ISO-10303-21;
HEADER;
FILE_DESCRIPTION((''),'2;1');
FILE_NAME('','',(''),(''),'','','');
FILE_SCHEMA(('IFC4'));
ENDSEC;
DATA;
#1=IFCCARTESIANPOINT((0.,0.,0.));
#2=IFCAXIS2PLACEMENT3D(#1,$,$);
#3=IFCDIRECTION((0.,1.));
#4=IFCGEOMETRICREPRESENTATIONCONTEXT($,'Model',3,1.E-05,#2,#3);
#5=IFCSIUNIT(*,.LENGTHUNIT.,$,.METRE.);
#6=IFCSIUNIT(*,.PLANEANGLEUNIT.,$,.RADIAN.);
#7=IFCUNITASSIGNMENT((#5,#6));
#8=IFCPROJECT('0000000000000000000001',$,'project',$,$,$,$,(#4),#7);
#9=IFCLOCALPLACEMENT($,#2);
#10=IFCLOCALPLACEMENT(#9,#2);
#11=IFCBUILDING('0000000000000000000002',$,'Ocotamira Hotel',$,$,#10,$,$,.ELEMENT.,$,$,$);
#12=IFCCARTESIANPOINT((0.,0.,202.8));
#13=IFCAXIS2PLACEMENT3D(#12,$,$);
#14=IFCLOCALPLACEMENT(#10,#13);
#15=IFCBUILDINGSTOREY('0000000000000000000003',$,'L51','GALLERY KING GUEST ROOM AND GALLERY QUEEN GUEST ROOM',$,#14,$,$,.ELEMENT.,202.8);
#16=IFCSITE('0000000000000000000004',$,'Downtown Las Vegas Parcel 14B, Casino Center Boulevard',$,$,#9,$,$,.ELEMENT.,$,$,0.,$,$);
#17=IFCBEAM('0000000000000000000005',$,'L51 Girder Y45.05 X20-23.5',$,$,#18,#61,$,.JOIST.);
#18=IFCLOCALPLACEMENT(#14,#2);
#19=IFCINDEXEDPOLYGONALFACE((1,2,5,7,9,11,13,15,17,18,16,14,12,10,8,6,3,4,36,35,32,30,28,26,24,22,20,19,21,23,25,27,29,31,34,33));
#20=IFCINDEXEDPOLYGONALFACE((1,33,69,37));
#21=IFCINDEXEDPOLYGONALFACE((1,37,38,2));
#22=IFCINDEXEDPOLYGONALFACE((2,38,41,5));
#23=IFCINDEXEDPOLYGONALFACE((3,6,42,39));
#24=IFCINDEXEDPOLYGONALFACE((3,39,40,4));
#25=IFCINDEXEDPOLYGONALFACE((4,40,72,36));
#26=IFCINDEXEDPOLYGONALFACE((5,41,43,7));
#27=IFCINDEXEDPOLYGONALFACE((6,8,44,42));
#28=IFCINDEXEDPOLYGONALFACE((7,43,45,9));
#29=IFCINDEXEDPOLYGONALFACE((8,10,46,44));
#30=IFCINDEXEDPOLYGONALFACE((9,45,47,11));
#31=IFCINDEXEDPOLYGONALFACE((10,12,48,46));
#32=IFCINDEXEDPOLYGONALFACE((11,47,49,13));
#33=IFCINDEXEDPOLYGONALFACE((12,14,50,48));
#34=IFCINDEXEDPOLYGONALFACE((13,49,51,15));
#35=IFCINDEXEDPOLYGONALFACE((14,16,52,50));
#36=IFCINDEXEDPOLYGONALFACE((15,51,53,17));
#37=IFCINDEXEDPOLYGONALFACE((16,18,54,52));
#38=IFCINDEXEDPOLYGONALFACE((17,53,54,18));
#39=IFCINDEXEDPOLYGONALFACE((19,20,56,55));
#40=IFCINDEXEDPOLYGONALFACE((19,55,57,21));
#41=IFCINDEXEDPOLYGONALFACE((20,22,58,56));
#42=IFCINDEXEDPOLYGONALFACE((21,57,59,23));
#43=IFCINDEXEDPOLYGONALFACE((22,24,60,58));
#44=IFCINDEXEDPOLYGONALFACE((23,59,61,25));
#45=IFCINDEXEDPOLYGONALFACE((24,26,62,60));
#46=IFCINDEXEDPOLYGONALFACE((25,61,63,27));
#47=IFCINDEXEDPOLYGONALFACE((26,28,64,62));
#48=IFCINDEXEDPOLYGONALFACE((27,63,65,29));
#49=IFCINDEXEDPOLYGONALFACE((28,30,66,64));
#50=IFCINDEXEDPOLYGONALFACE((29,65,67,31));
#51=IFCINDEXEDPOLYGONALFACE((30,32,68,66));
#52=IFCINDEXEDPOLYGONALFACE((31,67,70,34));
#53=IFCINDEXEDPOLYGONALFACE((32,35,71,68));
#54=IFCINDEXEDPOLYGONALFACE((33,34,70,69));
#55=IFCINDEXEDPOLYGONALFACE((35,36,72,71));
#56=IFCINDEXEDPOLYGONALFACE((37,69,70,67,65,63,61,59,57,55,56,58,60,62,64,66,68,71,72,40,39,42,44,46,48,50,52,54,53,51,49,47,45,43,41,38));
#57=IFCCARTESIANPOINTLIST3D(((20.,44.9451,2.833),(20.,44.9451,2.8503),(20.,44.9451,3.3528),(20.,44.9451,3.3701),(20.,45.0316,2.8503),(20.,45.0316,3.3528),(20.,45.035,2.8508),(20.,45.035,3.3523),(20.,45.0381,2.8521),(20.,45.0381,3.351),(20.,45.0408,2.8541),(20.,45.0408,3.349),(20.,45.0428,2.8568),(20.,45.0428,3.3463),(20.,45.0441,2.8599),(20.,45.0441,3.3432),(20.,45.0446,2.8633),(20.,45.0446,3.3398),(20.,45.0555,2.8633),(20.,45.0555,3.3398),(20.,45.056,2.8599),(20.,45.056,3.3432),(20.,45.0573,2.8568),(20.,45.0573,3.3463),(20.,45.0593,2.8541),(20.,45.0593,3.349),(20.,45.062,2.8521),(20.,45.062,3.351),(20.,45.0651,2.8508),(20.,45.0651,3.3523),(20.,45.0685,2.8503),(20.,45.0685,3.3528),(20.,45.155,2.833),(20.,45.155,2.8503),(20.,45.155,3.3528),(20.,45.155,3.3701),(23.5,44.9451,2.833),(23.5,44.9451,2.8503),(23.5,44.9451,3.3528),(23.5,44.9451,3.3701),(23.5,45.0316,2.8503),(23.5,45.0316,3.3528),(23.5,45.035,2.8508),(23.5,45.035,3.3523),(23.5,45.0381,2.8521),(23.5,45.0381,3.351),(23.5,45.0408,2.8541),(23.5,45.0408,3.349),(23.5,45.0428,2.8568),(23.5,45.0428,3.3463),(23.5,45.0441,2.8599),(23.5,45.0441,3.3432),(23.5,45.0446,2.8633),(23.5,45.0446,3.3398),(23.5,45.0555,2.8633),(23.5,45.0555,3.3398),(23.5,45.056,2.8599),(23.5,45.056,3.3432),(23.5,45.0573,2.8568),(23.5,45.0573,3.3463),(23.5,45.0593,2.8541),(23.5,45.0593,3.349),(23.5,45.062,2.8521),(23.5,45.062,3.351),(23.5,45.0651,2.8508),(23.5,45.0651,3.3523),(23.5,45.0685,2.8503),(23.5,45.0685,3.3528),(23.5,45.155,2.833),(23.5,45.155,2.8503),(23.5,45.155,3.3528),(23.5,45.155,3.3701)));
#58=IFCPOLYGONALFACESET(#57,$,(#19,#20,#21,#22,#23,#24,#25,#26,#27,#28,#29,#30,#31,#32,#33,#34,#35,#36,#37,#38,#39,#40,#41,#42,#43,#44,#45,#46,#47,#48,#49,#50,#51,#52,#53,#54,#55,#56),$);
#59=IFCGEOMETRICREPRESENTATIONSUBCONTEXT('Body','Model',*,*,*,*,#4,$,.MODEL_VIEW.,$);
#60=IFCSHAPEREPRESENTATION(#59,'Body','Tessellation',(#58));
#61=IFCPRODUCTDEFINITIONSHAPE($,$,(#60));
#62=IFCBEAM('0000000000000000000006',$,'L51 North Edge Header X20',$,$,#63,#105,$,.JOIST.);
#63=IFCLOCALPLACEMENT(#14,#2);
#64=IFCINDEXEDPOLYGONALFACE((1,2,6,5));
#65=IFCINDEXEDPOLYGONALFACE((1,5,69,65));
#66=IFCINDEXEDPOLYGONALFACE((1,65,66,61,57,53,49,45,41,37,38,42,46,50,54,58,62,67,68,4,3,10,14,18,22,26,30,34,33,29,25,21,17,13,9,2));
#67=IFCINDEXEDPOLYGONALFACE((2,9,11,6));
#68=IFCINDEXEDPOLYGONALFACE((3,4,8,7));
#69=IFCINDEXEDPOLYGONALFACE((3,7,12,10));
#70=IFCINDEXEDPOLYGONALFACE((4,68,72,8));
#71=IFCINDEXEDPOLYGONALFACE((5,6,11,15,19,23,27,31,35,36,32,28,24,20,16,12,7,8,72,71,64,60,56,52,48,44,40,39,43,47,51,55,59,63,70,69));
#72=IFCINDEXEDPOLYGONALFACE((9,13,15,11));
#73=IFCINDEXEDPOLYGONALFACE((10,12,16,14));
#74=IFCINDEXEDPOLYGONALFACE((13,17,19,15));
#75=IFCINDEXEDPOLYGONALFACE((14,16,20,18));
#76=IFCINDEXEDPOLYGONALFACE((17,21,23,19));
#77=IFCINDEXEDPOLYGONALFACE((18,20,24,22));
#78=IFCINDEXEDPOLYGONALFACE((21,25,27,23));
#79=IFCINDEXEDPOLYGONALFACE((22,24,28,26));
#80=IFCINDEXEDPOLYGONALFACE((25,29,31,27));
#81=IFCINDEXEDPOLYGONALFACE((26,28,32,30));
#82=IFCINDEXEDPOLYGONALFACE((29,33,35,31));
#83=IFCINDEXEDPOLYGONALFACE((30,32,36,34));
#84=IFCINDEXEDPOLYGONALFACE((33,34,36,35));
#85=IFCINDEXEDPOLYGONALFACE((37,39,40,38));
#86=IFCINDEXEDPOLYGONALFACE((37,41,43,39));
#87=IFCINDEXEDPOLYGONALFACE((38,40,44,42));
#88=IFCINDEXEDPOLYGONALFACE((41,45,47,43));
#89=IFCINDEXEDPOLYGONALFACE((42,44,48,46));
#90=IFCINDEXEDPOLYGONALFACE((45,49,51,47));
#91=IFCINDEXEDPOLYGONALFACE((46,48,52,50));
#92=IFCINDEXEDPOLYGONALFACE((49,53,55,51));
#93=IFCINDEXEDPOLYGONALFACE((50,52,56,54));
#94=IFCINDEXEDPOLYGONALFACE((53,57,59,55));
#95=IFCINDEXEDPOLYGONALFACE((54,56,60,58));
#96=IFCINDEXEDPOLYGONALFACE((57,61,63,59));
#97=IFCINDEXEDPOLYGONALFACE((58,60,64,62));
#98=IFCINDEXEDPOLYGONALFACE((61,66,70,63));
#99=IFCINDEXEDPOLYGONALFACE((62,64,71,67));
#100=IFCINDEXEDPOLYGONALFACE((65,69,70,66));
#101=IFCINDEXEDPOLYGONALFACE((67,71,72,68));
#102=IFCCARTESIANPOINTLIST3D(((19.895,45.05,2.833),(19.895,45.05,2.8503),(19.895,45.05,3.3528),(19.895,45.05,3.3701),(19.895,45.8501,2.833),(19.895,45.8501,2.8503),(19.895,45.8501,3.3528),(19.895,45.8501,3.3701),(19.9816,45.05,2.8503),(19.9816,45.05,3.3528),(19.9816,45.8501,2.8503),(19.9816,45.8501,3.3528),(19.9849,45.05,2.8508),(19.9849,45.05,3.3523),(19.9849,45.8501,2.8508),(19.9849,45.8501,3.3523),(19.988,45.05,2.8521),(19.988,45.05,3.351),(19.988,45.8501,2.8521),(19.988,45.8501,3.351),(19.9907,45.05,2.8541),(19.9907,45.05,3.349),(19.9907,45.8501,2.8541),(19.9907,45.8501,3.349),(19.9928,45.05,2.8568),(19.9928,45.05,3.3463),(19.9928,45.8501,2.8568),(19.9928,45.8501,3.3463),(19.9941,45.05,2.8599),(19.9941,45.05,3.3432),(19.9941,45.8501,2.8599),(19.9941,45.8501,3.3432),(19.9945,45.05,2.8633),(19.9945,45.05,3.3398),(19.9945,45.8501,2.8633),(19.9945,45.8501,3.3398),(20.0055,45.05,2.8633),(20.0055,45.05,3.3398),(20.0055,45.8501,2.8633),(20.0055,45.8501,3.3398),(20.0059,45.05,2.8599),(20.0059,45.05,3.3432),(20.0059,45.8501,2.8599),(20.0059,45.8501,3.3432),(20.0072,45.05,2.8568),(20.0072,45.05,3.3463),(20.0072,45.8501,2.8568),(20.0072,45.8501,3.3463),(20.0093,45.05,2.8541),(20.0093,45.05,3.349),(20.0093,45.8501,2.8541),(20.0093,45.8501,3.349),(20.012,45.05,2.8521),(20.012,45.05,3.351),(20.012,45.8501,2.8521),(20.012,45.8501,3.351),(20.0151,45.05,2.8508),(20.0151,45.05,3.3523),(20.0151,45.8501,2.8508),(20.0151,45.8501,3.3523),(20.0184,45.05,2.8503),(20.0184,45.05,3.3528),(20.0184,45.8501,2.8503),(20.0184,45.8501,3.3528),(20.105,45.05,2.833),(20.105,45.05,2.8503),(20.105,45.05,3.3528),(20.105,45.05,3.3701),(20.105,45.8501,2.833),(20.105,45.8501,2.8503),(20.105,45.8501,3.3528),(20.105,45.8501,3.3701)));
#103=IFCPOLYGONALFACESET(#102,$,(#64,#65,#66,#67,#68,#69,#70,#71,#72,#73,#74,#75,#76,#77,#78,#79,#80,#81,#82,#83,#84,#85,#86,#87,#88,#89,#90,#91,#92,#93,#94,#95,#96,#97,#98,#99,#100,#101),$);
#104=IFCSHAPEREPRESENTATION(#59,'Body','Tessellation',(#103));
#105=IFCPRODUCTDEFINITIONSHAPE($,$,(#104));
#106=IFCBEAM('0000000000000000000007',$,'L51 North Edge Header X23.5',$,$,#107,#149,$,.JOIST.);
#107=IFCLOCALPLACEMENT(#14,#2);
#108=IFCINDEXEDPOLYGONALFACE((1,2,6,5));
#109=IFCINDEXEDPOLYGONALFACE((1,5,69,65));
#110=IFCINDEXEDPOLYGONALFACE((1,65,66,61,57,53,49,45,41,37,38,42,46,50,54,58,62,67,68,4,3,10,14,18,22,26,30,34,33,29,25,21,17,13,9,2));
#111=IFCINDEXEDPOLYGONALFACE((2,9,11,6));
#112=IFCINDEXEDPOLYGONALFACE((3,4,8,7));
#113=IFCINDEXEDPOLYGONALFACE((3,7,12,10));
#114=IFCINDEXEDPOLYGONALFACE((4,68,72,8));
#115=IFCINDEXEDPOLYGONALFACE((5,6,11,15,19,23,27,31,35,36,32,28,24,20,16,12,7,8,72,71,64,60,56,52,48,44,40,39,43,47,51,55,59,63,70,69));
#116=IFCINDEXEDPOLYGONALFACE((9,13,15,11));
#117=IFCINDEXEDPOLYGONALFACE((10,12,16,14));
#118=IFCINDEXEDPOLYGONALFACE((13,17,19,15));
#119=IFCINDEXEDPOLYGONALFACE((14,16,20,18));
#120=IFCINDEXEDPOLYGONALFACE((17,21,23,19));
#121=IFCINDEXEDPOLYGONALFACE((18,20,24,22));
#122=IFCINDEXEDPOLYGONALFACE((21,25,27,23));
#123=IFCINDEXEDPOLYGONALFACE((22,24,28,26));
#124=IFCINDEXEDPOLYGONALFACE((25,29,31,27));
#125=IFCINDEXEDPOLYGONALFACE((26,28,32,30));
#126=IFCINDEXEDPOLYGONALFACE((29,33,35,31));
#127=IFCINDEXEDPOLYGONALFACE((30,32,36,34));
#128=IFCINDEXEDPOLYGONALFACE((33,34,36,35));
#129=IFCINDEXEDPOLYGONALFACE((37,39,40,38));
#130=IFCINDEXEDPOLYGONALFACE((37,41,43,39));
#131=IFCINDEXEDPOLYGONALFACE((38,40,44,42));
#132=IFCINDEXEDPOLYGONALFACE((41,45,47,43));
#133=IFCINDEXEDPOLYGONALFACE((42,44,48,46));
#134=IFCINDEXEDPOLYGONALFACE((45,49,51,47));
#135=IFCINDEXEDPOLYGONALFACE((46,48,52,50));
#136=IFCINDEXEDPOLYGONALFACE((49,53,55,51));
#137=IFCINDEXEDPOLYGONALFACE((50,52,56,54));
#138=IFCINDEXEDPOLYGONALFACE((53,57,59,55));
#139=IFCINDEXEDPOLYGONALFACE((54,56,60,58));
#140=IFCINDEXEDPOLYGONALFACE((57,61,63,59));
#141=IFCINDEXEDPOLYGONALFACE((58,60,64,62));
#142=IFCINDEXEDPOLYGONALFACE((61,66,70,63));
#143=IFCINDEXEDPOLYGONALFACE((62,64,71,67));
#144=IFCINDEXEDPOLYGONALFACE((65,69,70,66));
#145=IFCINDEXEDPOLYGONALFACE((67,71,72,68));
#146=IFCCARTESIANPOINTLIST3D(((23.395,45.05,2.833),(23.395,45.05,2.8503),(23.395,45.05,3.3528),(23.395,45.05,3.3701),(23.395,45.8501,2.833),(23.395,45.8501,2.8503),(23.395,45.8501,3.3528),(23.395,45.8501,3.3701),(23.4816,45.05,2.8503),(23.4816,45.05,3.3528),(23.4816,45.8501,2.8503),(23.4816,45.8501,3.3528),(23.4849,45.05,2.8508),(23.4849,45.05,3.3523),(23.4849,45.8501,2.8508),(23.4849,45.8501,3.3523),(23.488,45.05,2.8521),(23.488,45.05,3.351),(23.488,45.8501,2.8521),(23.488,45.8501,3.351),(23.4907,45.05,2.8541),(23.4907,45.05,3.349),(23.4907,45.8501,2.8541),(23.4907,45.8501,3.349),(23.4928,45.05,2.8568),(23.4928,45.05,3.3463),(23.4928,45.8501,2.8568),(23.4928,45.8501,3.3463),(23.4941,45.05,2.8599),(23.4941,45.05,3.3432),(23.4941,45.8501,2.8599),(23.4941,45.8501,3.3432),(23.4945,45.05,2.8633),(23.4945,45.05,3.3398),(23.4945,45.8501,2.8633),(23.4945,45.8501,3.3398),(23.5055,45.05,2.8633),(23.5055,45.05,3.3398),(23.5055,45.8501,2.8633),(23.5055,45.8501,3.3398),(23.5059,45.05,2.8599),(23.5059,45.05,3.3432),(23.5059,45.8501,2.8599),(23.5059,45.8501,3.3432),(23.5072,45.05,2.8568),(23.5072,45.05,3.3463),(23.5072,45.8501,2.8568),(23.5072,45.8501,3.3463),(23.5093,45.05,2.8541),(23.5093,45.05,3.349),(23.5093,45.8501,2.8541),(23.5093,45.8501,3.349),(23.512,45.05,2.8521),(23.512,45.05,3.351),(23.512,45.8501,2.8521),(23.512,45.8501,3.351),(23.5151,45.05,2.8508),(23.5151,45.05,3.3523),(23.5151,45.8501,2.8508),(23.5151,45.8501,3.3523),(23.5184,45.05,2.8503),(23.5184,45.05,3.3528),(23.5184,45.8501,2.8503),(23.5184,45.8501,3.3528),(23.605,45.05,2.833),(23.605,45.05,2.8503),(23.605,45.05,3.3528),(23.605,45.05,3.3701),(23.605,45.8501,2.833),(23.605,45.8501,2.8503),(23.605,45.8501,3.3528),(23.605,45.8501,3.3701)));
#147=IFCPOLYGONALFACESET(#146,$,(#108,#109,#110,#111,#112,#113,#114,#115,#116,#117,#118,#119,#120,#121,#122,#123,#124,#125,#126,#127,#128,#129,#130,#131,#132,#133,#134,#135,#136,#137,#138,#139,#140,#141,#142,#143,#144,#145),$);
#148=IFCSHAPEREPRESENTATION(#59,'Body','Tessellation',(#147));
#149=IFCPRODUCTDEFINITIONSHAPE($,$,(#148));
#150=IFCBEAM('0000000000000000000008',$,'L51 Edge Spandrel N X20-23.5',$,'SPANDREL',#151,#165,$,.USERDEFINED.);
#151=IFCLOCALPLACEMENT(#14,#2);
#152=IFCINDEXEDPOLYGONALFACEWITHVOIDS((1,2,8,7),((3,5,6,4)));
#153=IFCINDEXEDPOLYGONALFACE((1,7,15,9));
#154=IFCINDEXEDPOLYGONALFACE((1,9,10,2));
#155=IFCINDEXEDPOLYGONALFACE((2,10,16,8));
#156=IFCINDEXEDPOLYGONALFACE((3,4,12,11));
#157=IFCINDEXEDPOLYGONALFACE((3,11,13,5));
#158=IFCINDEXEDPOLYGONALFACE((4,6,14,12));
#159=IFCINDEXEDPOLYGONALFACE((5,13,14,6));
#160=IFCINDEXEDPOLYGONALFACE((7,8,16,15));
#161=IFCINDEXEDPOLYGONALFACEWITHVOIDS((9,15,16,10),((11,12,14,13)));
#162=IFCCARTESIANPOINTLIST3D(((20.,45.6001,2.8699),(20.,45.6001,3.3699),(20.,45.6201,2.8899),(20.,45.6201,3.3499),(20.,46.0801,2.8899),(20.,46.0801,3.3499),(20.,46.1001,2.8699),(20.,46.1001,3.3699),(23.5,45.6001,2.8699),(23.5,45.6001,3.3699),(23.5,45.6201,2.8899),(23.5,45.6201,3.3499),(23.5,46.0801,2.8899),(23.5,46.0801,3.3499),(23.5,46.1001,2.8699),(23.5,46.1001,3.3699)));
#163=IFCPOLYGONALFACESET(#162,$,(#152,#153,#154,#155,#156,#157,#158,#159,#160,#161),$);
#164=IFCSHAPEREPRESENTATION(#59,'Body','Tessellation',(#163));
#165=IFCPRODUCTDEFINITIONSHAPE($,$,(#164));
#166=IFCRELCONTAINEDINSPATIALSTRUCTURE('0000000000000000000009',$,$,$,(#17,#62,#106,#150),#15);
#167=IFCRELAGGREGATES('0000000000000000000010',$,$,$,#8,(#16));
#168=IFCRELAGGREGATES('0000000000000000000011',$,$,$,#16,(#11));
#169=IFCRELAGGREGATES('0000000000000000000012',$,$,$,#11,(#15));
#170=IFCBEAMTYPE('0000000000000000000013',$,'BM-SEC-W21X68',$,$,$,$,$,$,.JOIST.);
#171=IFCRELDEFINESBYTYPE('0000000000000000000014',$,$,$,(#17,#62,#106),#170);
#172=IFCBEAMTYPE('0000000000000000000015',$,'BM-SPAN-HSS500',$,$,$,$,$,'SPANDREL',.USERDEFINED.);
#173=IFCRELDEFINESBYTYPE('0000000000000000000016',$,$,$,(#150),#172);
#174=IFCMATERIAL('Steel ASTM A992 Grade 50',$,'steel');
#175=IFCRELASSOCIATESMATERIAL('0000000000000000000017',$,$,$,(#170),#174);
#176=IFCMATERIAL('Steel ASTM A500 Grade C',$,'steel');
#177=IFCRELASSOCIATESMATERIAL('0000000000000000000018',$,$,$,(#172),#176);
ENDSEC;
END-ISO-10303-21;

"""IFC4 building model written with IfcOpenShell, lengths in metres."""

from ifc_helpers import new_model, si_unit, direction, frame, origin, origin_2d, place, context, subcontext, project, spatial, hollow_rectangle, i_section, extrude, source, transform, mapped, material, material_profile, profile_set, type_object, element, save


model = new_model("IFC4")

# Units and contexts
model_context = context("Model", 3, precision=1e-05, world=origin(), true_north=direction((0.0, 1.0)))
body_context = subcontext(model_context, "Body", "Model", "MODEL_VIEW")
ifc_project = project(units=[si_unit("LENGTHUNIT", "METRE"), si_unit("PLANEANGLEUNIT", "RADIAN")], contexts=[model_context])

# Site, building, storey
site_placement = place(None, origin())
site = spatial("IfcSite", under=ifc_project, at=site_placement, Name="Downtown Las Vegas Parcel 14B, Casino Center Boulevard", CompositionType="ELEMENT", RefElevation=0.0)
building_placement = place(site_placement, origin())
building = spatial("IfcBuilding", under=site, at=building_placement, Name="Ocotamira Hotel", CompositionType="ELEMENT")
storey_placement = place(building_placement, frame((0.0, 0.0, 202.8)))
storey = spatial("IfcBuildingStorey", under=building, at=storey_placement, Name="L51", Description="GALLERY KING GUEST ROOM AND GALLERY QUEEN GUEST ROOM", CompositionType="ELEMENT", Elevation=202.8)

# Beams
ifc_material_1 = material(Name="Steel ASTM A992 Grade 50", Category="steel")
ifc_material_profile_1 = material_profile(ifc_material_1, i_section(OverallWidth=0.21, OverallDepth=0.5371, WebThickness=0.011, FlangeThickness=0.0173, FilletRadius=0.0129, at=origin_2d()), Name="W21X68")
ifc_profile_set_1 = profile_set([ifc_material_profile_1], Name="Steel ASTM A992 Grade 50")
beam_type_1 = type_object("IfcBeamType", Name="BM-SEC-W21X68", PredefinedType="JOIST", material=ifc_profile_set_1)
shared_shape_1 = source(origin(), body_context, "Body", "SweptSolid", [
    extrude(i_section(OverallWidth=0.21, OverallDepth=0.5371, WebThickness=0.011, FlangeThickness=0.0173, FilletRadius=0.0129, at=origin_2d()), origin(), (0.0, 0.0, 1.0), 3.5),
])
beam_1_placement = place(storey_placement, frame((20.0, 45.05, 3.1016), z_axis=(1.0, 0.0, 0.0), x_axis=(0.0, 1.0, 0.0)))
element("IfcBeam", 1, at=beam_1_placement, inside=storey, type_object=beam_type_1, Name="L51 Girder Y45.05 X20-23.5", PredefinedType="JOIST", context=body_context, shape_type="MappedRepresentation", body=[
    mapped(shared_shape_1, transform((0.0, 0.0, 0.0), scale=1.0)),
])
shared_shape_2 = source(origin(), body_context, "Body", "SweptSolid", [
    extrude(i_section(OverallWidth=0.21, OverallDepth=0.5371, WebThickness=0.011, FlangeThickness=0.0173, FilletRadius=0.0129, at=origin_2d()), origin(), (0.0, 0.0, 1.0), 0.8),
])
for number, where, z_axis, x_axis, name in (
    (2, (20.0, 45.05, 3.1016), (0.0, 1.0, 0.0), (-1.0, 0.0, 0.0), "L51 North Edge Header X20"),
    (3, (23.5, 45.05, 3.1016), (0.0, 1.0, 0.0), (-1.0, 0.0, 0.0), "L51 North Edge Header X23.5"),
):
    element("IfcBeam", number, at=place(storey_placement, frame(where, z_axis=z_axis, x_axis=x_axis)), inside=storey, type_object=beam_type_1, Name=name, PredefinedType="JOIST", context=body_context, shape_type="MappedRepresentation", body=[
        mapped(shared_shape_2, transform((0.0, 0.0, 0.0), scale=1.0)),
    ])
ifc_material_2 = material(Name="Steel ASTM A500 Grade C", Category="steel")
ifc_material_profile_2 = material_profile(ifc_material_2, hollow_rectangle(XDim=0.5, YDim=0.5, WallThickness=0.02, at=origin_2d()), Name="HSS500X500X20")
ifc_profile_set_2 = profile_set([ifc_material_profile_2], Name="Steel ASTM A500 Grade C")
beam_type_2 = type_object("IfcBeamType", Name="BM-SPAN-HSS500", ElementType="SPANDREL", PredefinedType="USERDEFINED", material=ifc_profile_set_2)
shared_shape_3 = source(origin(), body_context, "Body", "SweptSolid", [
    extrude(hollow_rectangle(XDim=0.5, YDim=0.5, WallThickness=0.02, at=origin_2d()), origin(), (0.0, 0.0, 1.0), 3.5),
])
beam_2_placement = place(storey_placement, frame((20.0, 45.8501, 3.1199), z_axis=(1.0, 0.0, 0.0), x_axis=(0.0, 1.0, 0.0)))
element("IfcBeam", 4, at=beam_2_placement, inside=storey, type_object=beam_type_2, Name="L51 Edge Spandrel N X20-23.5", ObjectType="SPANDREL", PredefinedType="USERDEFINED", context=body_context, shape_type="MappedRepresentation", body=[
    mapped(shared_shape_3, transform((0.0, 0.0, 0.0), scale=1.0)),
])

save(model, "model.ifc")
